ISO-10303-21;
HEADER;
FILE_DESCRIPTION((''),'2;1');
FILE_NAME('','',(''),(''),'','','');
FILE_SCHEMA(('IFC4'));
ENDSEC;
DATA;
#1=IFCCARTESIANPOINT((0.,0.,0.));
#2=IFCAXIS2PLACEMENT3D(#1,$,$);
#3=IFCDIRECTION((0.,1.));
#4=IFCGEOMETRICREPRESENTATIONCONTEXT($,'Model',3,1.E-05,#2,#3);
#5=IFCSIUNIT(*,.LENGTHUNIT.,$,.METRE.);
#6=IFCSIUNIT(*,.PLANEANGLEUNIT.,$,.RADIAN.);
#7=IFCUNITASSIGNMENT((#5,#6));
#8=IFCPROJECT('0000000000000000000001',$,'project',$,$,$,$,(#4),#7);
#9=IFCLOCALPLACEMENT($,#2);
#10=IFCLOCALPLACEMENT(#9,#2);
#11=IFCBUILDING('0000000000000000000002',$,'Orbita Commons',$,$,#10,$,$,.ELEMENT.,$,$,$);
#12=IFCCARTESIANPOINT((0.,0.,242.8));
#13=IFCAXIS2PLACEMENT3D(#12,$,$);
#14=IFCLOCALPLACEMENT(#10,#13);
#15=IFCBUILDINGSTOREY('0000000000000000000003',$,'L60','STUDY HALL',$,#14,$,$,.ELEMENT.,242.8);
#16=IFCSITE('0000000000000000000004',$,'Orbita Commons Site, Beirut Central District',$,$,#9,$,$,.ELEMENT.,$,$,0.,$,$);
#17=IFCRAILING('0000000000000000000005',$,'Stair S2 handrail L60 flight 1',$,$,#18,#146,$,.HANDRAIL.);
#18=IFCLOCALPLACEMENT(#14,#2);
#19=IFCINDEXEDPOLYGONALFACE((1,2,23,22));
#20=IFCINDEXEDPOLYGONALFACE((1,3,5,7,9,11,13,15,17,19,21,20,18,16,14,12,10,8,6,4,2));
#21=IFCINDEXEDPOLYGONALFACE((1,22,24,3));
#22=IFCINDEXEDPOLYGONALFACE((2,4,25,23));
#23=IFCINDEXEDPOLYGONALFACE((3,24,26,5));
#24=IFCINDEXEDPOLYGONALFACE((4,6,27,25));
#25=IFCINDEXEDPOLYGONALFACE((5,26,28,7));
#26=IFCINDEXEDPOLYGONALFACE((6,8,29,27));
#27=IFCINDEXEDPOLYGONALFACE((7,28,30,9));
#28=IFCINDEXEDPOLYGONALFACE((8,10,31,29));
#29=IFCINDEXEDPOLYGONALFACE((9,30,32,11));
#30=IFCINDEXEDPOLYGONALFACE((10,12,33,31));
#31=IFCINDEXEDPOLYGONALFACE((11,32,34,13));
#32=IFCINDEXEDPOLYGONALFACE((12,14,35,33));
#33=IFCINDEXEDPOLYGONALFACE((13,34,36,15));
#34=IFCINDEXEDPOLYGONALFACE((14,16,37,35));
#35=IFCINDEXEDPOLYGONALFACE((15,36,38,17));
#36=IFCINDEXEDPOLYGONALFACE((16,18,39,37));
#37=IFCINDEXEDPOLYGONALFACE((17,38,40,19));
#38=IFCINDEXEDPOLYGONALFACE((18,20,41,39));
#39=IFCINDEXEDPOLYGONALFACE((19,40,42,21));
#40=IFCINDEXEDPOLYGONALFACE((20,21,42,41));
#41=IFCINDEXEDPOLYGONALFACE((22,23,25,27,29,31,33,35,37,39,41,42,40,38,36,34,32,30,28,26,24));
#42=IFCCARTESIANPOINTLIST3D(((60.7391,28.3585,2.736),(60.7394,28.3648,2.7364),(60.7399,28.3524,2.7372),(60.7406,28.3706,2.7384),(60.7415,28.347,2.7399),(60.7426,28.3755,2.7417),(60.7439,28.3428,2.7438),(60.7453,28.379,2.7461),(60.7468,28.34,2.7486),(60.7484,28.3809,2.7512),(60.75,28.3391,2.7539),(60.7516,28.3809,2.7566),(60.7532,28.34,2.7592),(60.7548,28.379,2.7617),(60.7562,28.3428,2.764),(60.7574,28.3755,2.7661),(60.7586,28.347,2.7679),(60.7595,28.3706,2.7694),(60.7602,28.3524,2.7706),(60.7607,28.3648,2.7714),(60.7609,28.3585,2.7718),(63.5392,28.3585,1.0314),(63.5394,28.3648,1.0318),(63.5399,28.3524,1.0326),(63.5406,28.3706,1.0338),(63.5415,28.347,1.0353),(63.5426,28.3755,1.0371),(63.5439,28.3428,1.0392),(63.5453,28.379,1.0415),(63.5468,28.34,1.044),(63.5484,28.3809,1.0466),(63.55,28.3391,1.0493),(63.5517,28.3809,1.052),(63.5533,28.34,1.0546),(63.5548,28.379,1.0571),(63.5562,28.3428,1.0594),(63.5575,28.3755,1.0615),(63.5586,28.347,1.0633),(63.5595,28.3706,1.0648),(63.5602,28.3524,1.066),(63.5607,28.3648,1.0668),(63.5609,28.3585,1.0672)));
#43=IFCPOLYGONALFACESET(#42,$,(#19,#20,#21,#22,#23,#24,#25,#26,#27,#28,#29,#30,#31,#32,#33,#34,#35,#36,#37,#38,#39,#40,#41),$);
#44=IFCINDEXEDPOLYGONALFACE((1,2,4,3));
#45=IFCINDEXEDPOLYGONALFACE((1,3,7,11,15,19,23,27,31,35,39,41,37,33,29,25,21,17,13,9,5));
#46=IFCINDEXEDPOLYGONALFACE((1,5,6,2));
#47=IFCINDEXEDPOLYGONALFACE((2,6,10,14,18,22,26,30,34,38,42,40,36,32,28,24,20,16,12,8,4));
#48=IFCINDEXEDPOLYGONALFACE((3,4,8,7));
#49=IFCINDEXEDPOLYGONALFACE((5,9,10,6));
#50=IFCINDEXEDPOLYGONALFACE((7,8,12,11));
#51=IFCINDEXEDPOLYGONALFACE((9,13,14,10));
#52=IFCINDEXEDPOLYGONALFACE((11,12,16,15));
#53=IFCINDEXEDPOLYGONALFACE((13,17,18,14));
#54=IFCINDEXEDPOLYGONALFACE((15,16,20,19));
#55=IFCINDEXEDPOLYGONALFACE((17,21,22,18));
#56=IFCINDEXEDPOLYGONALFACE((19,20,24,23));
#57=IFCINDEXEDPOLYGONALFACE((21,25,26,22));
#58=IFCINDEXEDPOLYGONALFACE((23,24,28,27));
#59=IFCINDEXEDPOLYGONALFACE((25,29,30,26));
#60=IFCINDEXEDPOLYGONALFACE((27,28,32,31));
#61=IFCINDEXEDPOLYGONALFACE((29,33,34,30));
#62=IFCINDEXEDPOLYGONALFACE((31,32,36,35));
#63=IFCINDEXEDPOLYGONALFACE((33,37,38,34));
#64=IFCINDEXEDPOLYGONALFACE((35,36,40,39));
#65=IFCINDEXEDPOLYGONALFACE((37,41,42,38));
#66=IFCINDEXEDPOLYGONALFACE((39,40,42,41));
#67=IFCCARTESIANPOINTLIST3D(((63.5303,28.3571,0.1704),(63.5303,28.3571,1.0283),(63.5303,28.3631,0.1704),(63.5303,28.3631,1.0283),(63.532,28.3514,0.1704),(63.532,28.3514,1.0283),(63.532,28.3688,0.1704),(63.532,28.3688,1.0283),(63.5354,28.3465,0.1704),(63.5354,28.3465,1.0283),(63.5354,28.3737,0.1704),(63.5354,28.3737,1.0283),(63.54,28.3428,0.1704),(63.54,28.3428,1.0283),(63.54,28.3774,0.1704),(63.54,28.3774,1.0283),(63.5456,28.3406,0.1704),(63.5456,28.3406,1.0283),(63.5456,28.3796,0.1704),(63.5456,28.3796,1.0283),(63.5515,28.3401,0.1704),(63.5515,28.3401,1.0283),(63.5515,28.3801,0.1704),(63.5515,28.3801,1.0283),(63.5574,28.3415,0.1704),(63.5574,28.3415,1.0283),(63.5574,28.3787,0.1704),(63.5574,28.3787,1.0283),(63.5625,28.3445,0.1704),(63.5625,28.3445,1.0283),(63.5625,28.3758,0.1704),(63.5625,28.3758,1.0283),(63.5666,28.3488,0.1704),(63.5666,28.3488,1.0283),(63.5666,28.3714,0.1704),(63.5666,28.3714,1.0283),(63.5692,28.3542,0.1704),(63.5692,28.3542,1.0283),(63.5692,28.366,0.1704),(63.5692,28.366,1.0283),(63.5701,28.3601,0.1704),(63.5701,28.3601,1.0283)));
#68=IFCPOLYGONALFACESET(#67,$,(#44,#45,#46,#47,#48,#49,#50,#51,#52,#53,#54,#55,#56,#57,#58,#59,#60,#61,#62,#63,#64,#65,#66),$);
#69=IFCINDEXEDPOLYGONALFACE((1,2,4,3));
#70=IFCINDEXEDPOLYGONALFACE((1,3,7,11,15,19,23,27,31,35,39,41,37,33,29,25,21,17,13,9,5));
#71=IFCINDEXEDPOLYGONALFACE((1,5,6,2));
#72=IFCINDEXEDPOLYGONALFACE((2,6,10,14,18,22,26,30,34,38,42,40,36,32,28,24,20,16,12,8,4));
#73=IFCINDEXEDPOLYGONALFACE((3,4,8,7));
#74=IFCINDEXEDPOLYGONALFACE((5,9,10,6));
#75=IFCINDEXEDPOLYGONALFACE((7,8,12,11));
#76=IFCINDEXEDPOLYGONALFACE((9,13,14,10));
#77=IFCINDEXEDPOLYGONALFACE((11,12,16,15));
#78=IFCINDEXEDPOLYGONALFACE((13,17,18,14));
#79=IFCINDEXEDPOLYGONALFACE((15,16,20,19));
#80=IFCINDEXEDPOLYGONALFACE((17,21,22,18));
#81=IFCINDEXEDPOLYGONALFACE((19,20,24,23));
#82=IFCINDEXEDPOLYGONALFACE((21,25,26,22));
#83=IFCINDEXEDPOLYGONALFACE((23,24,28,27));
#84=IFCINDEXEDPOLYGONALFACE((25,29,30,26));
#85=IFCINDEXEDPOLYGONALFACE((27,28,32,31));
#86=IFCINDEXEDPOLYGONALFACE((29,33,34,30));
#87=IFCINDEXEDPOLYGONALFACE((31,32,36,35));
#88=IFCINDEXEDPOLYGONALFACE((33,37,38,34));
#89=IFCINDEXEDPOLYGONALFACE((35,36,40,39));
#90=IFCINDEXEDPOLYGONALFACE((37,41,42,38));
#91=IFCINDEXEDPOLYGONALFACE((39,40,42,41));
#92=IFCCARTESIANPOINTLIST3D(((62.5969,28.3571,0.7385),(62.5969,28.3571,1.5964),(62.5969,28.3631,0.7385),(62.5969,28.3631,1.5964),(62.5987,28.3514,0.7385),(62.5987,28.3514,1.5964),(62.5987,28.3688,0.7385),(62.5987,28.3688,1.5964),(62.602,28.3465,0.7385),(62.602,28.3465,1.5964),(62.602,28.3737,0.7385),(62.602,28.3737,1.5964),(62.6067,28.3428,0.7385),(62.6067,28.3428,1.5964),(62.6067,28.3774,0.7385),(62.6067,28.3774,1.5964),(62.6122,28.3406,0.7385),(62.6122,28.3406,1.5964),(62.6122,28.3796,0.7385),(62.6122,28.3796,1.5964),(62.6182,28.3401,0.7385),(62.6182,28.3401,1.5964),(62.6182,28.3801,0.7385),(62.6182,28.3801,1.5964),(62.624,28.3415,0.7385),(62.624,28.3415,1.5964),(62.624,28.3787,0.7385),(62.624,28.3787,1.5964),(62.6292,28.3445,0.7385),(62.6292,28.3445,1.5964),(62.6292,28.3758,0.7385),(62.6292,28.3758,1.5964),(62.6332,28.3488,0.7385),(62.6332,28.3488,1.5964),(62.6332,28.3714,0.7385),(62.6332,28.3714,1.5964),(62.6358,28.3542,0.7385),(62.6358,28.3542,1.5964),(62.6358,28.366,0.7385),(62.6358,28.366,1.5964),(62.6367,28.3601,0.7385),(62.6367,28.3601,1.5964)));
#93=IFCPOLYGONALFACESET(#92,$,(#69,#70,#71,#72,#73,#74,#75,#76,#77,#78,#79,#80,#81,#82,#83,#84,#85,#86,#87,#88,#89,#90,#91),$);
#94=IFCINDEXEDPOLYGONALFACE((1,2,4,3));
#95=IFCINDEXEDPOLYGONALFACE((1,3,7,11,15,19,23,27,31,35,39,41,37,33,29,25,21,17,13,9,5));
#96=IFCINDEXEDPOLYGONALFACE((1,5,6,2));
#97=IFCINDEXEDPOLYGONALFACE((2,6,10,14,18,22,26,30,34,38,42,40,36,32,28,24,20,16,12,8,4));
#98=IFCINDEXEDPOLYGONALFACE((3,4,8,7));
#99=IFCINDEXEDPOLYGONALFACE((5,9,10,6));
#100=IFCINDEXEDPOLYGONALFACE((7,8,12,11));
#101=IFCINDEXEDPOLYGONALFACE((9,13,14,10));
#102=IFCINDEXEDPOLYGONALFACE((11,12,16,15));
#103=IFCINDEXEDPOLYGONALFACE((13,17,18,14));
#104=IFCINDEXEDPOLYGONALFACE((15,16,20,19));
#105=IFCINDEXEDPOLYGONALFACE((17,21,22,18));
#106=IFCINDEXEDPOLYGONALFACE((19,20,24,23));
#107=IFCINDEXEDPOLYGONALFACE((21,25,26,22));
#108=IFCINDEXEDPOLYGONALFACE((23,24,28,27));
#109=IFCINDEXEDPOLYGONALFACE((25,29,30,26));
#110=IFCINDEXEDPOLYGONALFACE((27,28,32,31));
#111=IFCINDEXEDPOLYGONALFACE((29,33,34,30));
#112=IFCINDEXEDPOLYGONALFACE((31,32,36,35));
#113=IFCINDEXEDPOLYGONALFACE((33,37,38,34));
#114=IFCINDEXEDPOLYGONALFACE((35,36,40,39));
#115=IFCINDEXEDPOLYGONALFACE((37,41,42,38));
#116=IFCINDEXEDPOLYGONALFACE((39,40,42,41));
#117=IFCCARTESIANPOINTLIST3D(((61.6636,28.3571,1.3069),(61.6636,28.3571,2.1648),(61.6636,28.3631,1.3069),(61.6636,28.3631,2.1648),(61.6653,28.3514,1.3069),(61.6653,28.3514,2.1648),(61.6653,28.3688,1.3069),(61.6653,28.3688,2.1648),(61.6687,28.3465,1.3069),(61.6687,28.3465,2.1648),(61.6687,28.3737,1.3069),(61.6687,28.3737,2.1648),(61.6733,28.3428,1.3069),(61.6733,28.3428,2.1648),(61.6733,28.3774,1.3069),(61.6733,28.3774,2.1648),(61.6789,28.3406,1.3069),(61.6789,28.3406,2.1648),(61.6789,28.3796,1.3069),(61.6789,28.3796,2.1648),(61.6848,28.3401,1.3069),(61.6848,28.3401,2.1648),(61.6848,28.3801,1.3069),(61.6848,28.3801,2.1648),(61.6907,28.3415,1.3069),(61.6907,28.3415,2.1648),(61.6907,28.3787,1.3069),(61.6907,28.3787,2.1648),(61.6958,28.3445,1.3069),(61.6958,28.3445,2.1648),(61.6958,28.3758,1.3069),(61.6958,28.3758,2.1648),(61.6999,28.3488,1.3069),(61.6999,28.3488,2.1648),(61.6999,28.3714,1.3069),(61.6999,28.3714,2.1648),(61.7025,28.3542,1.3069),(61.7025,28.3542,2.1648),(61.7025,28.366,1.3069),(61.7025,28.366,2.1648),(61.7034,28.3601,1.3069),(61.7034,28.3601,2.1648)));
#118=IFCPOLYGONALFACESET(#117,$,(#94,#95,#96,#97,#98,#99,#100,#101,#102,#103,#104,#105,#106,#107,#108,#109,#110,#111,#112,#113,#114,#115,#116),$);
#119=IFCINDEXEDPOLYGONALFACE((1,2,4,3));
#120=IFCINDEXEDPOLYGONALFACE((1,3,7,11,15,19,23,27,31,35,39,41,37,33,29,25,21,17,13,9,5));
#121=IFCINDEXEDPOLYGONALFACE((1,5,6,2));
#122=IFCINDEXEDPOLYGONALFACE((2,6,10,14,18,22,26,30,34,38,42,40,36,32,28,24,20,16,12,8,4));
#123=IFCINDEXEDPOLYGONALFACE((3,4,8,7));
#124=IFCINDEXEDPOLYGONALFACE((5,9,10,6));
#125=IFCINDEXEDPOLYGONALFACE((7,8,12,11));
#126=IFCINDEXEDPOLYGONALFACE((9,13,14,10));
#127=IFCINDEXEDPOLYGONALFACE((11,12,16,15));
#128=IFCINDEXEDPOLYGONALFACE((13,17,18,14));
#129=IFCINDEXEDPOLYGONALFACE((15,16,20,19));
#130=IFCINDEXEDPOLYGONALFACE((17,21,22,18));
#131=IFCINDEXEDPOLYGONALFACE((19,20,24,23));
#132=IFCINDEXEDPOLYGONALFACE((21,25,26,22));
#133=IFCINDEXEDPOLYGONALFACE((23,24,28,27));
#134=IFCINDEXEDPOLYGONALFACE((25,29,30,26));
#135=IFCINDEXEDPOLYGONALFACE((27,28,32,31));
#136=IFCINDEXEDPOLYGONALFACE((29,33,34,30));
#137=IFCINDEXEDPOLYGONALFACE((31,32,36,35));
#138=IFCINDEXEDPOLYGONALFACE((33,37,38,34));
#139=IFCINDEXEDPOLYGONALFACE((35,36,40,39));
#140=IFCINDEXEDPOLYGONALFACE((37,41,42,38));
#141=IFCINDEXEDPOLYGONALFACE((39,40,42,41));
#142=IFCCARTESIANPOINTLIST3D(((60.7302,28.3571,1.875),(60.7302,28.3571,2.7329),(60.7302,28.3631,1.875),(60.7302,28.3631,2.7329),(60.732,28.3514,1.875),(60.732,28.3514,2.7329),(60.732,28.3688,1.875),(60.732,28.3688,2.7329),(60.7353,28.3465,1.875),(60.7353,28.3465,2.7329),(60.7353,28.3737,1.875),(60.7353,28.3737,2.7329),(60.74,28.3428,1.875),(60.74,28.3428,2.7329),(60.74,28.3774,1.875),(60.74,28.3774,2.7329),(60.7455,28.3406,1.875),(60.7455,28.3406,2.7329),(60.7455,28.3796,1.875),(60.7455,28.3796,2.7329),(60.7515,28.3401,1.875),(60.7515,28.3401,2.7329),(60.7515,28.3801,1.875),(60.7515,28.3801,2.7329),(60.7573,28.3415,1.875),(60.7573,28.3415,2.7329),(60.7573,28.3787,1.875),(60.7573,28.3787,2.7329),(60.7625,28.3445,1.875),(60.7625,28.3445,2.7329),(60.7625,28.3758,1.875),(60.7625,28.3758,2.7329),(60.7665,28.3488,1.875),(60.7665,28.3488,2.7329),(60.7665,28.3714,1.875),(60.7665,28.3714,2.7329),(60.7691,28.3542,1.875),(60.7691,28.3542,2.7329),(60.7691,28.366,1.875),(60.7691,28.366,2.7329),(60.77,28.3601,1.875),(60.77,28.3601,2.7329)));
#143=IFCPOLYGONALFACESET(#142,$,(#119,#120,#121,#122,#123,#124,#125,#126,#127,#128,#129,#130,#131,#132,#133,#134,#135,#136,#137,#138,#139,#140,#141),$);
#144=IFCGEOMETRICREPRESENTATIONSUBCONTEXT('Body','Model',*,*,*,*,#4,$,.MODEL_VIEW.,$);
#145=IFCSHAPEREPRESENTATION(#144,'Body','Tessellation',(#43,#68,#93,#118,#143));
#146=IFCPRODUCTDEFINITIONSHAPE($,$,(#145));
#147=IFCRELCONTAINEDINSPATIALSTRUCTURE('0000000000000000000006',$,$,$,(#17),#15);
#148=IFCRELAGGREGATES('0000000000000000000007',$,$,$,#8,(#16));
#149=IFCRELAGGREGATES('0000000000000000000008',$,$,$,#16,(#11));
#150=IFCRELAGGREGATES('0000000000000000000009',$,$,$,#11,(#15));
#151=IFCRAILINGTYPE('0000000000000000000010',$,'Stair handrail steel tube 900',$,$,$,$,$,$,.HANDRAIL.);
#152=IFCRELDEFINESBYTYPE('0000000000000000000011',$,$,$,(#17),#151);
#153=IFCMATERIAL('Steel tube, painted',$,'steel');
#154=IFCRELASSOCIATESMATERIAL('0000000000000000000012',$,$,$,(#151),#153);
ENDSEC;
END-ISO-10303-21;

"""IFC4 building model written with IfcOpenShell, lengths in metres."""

from ifc_helpers import new_model, si_unit, direction, frame, origin, origin_2d, place, context, subcontext, project, spatial, circle, extrude, material, type_object, element, save


model = new_model("IFC4")

# Units and contexts
model_context = context("Model", 3, precision=1e-05, world=origin(), true_north=direction((0.0, 1.0)))
body_context = subcontext(model_context, "Body", "Model", "MODEL_VIEW")
ifc_project = project(units=[si_unit("LENGTHUNIT", "METRE"), si_unit("PLANEANGLEUNIT", "RADIAN")], contexts=[model_context])

# Site, building, storey
site_placement = place(None, origin())
site = spatial("IfcSite", under=ifc_project, at=site_placement, Name="Orbita Commons Site, Beirut Central District", CompositionType="ELEMENT", RefElevation=0.0)
building_placement = place(site_placement, origin())
building = spatial("IfcBuilding", under=site, at=building_placement, Name="Orbita Commons", CompositionType="ELEMENT")
storey_placement = place(building_placement, frame((0.0, 0.0, 242.8)))
storey = spatial("IfcBuildingStorey", under=building, at=storey_placement, Name="L60", Description="STUDY HALL", CompositionType="ELEMENT", Elevation=242.8)

# Railing
ifc_material_1 = material(Name="Steel tube, painted", Category="steel")
railing_type = type_object("IfcRailingType", Name="Stair handrail steel tube 900", PredefinedType="HANDRAIL", material=ifc_material_1)
railing_placement = place(storey_placement, frame((63.55, 28.3601, 0.1704)))
element("IfcRailing", 1, at=railing_placement, inside=storey, type_object=railing_type, Name="Stair S2 handrail L60 flight 1", PredefinedType="HANDRAIL", context=body_context, shape_type="SweptSolid", body=[
    extrude(circle(Radius=0.021, at=origin_2d()), frame((0.0, 0.0, 0.8789), z_axis=(-0.85417, 0.0, 0.519994), x_axis=(0.0, -1.0, 0.0)), (0.0, 0.0, 1.0), 3.2781),
    extrude(circle(Radius=0.02, at=origin_2d()), origin(), (0.0, 0.0, 1.0), 0.8579),
    extrude(circle(Radius=0.02, at=origin_2d()), frame((-0.9333, 0.0, 0.5681)), (0.0, 0.0, 1.0), 0.8579),
    extrude(circle(Radius=0.02, at=origin_2d()), frame((-1.8667, 0.0, 1.1365)), (0.0, 0.0, 1.0), 0.8579),
    extrude(circle(Radius=0.02, at=origin_2d()), frame((-2.8, 0.0, 1.7046)), (0.0, 0.0, 1.0), 0.8579),
])

save(model, "model.ifc")
